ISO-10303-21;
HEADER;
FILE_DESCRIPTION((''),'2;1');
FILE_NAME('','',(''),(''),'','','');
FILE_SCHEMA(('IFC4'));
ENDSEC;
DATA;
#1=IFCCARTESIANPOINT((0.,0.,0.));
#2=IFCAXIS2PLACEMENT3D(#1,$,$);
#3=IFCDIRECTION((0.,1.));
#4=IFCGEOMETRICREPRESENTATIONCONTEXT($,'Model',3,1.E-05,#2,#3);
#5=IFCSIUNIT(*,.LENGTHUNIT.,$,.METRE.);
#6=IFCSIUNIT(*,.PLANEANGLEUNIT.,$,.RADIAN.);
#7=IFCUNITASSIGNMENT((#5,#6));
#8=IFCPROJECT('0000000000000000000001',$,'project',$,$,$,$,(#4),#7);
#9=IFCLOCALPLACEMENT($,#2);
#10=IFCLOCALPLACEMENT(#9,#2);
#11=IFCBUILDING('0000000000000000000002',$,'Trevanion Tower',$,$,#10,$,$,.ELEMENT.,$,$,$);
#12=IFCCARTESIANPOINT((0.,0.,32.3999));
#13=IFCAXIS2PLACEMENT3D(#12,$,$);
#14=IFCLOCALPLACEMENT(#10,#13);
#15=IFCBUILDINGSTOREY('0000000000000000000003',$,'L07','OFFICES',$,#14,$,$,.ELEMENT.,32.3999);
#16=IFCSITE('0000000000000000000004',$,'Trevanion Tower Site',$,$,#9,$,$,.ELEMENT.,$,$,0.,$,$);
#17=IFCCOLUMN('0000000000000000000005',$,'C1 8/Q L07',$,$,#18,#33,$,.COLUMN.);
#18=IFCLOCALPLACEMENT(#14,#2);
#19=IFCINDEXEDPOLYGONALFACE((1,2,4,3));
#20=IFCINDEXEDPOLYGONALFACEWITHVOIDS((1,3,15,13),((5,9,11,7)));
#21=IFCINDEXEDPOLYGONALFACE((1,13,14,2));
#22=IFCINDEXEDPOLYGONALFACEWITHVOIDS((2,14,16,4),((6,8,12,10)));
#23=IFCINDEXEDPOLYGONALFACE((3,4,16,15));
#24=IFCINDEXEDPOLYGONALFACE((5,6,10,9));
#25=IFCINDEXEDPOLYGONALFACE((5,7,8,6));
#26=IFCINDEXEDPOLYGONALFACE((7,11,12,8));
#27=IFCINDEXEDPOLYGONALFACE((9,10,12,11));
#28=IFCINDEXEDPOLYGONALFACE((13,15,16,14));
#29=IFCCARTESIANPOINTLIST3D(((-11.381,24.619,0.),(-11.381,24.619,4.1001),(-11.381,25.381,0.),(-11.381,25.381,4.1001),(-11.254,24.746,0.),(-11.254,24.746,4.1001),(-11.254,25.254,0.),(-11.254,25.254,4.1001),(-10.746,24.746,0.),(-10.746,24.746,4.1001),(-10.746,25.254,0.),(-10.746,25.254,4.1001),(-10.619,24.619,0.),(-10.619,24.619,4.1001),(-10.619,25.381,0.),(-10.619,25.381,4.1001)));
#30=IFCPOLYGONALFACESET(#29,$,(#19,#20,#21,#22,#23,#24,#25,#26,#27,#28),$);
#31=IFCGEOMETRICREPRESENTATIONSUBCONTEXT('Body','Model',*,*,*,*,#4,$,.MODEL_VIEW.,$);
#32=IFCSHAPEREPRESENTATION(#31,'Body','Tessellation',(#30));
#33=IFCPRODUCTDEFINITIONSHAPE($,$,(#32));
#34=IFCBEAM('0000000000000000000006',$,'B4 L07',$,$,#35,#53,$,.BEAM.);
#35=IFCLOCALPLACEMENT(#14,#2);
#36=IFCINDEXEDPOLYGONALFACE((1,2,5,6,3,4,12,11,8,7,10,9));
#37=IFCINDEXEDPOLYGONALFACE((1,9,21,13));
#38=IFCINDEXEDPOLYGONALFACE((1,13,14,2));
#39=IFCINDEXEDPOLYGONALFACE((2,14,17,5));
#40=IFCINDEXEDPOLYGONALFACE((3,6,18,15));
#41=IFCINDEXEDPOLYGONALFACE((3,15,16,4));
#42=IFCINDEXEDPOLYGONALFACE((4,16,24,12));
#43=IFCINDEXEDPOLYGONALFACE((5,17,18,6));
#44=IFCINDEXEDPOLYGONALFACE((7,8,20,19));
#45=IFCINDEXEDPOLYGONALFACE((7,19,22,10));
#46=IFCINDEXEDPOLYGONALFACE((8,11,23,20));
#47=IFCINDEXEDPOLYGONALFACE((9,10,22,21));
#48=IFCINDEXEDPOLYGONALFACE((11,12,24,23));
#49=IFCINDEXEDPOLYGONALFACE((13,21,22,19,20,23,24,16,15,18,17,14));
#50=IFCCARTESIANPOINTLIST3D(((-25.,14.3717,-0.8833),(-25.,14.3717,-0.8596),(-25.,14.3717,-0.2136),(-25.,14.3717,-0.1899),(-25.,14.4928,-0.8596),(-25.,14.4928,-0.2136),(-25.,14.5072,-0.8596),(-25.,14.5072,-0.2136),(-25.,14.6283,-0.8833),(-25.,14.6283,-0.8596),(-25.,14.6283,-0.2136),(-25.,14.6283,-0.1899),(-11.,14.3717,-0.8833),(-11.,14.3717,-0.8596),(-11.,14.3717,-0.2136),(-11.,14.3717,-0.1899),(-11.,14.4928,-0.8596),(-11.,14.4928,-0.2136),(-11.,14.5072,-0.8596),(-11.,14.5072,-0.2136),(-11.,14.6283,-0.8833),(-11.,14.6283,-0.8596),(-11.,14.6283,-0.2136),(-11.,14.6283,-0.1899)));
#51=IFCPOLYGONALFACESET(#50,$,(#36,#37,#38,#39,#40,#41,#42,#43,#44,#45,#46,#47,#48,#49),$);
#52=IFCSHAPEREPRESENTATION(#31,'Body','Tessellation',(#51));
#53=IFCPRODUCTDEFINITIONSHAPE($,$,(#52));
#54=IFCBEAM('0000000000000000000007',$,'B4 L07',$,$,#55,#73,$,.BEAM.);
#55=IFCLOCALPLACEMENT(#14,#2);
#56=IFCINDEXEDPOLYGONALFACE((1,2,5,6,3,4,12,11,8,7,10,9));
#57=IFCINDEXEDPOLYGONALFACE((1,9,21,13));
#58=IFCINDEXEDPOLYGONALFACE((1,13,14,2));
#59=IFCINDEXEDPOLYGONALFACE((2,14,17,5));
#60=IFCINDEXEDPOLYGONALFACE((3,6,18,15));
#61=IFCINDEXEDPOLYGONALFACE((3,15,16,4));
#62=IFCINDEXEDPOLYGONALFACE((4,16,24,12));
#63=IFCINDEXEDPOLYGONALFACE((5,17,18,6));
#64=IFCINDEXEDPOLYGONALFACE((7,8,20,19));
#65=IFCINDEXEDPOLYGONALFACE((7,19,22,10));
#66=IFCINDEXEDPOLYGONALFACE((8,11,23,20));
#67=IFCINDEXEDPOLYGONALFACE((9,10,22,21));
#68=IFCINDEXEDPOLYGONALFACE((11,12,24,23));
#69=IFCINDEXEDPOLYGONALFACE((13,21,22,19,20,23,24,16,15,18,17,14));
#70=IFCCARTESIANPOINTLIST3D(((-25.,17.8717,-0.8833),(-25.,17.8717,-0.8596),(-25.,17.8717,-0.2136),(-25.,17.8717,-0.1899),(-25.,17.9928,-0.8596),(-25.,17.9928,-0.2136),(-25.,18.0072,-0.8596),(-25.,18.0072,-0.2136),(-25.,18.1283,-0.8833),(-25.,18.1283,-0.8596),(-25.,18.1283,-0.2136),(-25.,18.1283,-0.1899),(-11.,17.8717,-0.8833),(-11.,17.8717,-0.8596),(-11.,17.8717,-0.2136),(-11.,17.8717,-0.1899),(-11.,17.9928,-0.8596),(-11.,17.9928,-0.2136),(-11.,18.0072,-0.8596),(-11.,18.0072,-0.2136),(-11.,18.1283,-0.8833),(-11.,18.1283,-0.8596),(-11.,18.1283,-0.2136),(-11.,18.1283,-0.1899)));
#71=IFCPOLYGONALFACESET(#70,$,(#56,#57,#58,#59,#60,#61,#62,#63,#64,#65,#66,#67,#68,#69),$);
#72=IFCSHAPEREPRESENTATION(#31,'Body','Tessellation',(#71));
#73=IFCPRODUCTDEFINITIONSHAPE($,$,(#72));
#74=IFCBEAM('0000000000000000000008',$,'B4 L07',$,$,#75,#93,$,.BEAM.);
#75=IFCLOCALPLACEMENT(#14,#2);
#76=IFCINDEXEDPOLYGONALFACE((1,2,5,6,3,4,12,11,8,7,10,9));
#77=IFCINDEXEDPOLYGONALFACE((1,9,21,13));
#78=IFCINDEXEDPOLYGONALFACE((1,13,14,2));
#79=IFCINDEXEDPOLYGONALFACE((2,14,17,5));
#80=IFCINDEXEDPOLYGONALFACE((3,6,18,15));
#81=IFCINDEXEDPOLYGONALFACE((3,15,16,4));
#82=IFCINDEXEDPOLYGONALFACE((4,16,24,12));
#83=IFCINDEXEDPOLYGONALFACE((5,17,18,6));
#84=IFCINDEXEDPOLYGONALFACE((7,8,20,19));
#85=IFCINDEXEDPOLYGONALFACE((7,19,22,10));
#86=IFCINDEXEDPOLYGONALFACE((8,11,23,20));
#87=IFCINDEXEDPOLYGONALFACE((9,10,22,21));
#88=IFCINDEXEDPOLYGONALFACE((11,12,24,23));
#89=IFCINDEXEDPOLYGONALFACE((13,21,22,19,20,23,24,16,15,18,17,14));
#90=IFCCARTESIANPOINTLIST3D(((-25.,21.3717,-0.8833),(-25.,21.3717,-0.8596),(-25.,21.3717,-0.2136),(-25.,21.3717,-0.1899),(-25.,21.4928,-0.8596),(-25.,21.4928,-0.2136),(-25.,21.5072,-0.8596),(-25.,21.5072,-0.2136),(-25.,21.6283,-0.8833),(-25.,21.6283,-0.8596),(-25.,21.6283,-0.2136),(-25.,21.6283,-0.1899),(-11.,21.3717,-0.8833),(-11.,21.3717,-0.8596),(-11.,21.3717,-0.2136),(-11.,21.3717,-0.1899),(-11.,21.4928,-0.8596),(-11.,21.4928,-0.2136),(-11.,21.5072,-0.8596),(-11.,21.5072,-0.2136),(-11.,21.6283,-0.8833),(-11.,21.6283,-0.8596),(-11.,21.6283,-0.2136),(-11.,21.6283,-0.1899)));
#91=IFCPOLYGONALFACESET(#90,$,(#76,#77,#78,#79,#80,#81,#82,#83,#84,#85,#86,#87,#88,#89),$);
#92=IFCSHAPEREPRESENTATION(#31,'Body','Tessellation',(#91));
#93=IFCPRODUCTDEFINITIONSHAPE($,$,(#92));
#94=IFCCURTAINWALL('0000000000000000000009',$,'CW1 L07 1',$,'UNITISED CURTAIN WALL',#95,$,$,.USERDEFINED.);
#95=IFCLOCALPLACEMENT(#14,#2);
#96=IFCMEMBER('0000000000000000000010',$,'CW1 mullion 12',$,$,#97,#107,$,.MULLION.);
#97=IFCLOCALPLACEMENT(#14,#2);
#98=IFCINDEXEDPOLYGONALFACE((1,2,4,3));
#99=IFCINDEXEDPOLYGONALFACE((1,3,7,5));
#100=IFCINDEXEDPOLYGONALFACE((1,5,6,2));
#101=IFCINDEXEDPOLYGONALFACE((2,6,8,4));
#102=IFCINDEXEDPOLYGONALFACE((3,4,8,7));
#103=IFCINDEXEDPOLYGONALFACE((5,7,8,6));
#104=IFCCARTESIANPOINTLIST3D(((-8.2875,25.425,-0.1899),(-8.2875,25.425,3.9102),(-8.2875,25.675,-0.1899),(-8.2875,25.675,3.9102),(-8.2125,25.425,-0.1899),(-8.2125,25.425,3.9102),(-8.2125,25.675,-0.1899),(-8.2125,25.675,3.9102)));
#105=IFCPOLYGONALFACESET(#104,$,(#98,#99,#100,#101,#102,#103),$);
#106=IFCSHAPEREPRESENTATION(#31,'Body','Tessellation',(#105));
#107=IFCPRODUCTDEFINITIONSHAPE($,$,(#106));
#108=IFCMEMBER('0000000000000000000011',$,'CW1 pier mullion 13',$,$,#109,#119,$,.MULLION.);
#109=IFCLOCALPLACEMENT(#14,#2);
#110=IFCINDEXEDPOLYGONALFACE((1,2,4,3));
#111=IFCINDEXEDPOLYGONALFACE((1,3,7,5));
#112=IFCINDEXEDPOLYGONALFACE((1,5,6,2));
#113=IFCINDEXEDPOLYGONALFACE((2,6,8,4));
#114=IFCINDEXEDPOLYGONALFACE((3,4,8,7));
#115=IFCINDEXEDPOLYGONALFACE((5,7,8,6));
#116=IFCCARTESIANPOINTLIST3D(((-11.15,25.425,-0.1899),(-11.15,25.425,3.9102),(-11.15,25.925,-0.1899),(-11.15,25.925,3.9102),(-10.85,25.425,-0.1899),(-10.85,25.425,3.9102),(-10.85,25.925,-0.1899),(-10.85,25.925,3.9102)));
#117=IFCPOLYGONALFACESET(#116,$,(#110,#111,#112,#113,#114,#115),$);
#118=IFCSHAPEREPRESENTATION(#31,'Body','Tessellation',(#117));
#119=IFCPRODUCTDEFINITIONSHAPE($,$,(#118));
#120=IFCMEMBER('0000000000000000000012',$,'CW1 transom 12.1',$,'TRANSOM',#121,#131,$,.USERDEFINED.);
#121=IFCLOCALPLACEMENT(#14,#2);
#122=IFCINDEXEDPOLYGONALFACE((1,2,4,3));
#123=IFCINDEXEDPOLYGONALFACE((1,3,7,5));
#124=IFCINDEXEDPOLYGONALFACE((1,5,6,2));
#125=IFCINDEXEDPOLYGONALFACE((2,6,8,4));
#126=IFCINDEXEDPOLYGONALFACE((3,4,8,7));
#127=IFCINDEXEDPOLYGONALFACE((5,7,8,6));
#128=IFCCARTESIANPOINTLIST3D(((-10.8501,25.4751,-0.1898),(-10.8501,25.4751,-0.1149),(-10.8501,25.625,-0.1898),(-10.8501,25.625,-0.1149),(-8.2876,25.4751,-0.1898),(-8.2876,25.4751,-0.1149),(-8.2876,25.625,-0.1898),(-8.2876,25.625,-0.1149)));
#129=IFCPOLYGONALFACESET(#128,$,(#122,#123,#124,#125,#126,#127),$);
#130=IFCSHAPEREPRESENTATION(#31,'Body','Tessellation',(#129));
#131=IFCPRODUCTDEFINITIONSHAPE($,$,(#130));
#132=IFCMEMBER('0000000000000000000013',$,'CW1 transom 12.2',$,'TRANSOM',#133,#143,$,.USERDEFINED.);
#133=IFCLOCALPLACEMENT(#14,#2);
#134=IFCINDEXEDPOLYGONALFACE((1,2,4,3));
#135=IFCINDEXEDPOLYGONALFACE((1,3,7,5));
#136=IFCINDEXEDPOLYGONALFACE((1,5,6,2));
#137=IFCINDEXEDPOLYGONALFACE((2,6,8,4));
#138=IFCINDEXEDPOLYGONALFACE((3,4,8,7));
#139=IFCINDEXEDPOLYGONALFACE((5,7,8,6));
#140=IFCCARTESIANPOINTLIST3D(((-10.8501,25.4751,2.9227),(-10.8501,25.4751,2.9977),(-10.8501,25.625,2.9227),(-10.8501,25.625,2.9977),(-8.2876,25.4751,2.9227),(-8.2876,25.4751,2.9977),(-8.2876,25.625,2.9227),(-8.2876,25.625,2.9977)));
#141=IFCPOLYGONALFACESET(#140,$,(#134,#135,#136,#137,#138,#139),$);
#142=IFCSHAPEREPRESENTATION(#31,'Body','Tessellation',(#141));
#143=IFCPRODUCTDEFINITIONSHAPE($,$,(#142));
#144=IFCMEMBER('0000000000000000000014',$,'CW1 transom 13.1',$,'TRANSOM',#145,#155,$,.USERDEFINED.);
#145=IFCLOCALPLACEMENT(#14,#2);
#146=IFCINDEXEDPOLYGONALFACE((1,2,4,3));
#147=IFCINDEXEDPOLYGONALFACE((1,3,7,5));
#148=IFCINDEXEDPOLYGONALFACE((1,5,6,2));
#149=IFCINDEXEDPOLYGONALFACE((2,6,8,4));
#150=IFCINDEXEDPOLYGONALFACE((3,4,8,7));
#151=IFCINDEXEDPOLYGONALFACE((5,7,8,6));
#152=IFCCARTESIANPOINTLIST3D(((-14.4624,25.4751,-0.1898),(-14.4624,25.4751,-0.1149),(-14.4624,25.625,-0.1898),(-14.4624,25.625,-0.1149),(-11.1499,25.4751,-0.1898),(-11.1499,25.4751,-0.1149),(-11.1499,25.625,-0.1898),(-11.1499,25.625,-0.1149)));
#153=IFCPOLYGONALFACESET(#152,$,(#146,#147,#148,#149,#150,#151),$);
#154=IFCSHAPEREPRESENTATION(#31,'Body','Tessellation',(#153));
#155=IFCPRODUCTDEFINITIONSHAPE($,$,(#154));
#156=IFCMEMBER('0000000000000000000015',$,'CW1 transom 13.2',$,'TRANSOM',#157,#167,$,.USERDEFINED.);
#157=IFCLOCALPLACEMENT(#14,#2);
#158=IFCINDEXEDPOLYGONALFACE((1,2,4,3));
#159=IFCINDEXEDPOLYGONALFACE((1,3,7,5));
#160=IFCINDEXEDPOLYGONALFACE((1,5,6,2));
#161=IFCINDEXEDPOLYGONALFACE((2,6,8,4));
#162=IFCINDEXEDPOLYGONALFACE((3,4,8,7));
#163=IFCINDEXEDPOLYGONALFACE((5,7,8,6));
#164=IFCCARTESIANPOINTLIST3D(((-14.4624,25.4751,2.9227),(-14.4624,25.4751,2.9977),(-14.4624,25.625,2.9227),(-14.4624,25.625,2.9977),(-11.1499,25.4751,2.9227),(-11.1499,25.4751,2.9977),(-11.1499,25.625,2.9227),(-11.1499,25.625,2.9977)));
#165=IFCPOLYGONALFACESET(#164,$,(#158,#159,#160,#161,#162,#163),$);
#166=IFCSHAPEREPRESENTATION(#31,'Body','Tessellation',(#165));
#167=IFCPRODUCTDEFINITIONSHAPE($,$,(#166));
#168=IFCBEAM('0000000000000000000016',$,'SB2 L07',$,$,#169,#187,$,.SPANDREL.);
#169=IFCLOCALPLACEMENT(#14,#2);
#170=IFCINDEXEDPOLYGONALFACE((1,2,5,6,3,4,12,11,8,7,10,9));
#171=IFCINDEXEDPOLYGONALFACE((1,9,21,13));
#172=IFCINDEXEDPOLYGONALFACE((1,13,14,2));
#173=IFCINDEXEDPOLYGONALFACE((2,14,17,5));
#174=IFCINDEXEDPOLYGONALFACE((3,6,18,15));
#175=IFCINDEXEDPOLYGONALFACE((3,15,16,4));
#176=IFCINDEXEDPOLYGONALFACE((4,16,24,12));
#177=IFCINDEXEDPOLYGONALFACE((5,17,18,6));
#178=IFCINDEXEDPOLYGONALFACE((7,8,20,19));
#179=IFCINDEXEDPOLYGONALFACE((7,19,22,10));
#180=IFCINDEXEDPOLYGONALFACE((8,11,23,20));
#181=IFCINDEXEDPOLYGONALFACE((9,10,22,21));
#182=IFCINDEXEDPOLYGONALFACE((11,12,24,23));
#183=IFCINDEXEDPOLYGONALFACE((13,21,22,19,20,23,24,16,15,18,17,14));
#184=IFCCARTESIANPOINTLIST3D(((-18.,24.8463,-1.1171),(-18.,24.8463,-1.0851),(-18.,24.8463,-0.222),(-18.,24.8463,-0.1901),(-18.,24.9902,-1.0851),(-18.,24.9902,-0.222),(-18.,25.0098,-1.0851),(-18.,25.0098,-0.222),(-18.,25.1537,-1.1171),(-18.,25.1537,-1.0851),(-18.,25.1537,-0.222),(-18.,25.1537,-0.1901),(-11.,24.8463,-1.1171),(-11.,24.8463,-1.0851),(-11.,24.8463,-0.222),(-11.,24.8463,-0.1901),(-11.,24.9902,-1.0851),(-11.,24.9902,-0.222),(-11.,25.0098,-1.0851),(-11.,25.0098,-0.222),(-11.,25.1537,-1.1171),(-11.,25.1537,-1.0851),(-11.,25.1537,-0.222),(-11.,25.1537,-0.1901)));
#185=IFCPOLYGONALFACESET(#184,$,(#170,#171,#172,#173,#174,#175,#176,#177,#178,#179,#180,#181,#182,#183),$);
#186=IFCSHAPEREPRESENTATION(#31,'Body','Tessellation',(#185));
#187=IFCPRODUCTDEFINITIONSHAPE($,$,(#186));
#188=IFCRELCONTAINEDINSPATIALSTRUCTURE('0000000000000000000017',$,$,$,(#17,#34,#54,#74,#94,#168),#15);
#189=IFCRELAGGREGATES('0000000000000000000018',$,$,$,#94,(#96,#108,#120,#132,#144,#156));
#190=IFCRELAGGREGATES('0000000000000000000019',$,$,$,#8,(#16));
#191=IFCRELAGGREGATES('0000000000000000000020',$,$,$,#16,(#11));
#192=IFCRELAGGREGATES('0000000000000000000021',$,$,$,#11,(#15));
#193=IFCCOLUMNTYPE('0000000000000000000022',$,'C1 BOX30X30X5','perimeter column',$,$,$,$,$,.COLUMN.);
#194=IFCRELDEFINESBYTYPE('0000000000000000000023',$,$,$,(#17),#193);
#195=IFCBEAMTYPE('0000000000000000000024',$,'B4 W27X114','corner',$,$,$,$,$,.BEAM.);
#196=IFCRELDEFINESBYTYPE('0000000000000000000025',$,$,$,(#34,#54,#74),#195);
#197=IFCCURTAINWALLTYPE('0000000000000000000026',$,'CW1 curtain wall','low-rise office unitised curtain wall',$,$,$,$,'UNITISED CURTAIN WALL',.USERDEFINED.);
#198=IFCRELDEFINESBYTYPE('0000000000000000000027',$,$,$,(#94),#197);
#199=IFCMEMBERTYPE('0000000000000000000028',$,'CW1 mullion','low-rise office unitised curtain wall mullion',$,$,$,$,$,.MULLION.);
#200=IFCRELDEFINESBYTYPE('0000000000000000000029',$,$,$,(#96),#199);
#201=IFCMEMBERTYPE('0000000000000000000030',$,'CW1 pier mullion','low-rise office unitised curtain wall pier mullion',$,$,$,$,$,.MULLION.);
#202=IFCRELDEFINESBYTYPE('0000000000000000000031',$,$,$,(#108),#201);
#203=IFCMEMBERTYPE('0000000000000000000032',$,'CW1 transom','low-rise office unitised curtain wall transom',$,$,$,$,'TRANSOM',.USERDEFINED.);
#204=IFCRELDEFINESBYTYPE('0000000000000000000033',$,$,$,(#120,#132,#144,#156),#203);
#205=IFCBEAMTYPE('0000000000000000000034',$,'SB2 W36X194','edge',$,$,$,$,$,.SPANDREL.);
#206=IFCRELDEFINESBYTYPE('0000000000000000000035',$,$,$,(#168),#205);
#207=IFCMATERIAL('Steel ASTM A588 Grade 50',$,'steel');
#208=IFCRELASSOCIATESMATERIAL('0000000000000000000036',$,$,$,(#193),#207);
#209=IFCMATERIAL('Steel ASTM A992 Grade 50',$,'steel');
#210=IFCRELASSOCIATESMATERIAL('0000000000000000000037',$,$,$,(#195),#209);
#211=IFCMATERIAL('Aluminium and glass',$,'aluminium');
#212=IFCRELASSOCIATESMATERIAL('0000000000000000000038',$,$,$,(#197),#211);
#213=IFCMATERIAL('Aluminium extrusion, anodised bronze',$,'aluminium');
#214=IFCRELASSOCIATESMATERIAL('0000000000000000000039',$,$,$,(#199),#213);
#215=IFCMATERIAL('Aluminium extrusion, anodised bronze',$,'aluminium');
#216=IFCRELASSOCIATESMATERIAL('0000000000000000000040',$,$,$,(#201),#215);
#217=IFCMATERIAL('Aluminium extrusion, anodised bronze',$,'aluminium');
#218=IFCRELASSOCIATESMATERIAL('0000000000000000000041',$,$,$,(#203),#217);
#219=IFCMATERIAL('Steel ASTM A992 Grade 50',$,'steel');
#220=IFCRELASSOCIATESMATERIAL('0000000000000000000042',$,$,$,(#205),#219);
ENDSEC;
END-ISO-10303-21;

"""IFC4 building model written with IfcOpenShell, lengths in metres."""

from ifc_helpers import new_model, si_unit, direction, frame, origin, origin_2d, place, context, subcontext, project, spatial, rectangle, hollow_rectangle, i_section, extrude, material, material_profile, profile_set, type_object, element, aggregate, save


model = new_model("IFC4")

# Units and contexts
model_context = context("Model", 3, precision=1e-05, world=origin(), true_north=direction((0.0, 1.0)))
body_context = subcontext(model_context, "Body", "Model", "MODEL_VIEW")
ifc_project = project(units=[si_unit("LENGTHUNIT", "METRE"), si_unit("PLANEANGLEUNIT", "RADIAN")], contexts=[model_context])

# Site, building, storey
site_placement = place(None, origin())
site = spatial("IfcSite", under=ifc_project, at=site_placement, Name="Trevanion Tower Site", CompositionType="ELEMENT", RefElevation=0.0)
building_placement = place(site_placement, origin())
building = spatial("IfcBuilding", under=site, at=building_placement, Name="Trevanion Tower", CompositionType="ELEMENT")
storey_placement = place(building_placement, frame((0.0, 0.0, 32.3999)))
storey = spatial("IfcBuildingStorey", under=building, at=storey_placement, Name="L07", Description="OFFICES", CompositionType="ELEMENT", Elevation=32.3999)

# Column
ifc_material_1 = material(Name="Steel ASTM A588 Grade 50", Category="steel")
ifc_material_profile_1 = material_profile(ifc_material_1, hollow_rectangle(XDim=0.762, YDim=0.762, WallThickness=0.127, at=origin_2d()), Name="BOX30X30X5")
ifc_profile_set_1 = profile_set([ifc_material_profile_1], Name="Steel ASTM A588 Grade 50")
column_type = type_object("IfcColumnType", Name="C1 BOX30X30X5", Description="perimeter column", PredefinedType="COLUMN", material=ifc_profile_set_1)
column_placement = place(storey_placement, frame((-11.0, 25.0, 0.0), z_axis=(0.0, 0.0, 1.0), x_axis=(1.0, 0.0, 0.0)))
element("IfcColumn", 1, at=column_placement, inside=storey, type_object=column_type, Name="C1 8/Q L07", PredefinedType="COLUMN", context=body_context, shape_type="SweptSolid", body=[
    extrude(hollow_rectangle(XDim=0.762, YDim=0.762, WallThickness=0.127, at=origin_2d()), origin(), (0.0, 0.0, 1.0), 4.1001),
])

# Beams
ifc_material_2 = material(Name="Steel ASTM A992 Grade 50", Category="steel")
ifc_material_profile_2 = material_profile(ifc_material_2, i_section(OverallWidth=0.2566, OverallDepth=0.6934, WebThickness=0.0144, FlangeThickness=0.0237, at=origin_2d()), Name="W27X114")
ifc_profile_set_2 = profile_set([ifc_material_profile_2], Name="Steel ASTM A992 Grade 50")
beam_type_1 = type_object("IfcBeamType", Name="B4 W27X114", Description="corner", PredefinedType="BEAM", material=ifc_profile_set_2)
for number, where, z_axis, x_axis, name in (
    (2, (-11.0, 14.5, -0.5366), (-1.0, 0.0, 0.0), (0.0, -1.0, 0.0), "B4 L07"),
    (3, (-11.0, 18.0, -0.5366), (-1.0, 0.0, 0.0), (0.0, -1.0, 0.0), "B4 L07"),
    (4, (-11.0, 21.5, -0.5366), (-1.0, 0.0, 0.0), (0.0, -1.0, 0.0), "B4 L07"),
):
    element("IfcBeam", number, at=place(storey_placement, frame(where, z_axis=z_axis, x_axis=x_axis)), inside=storey, type_object=beam_type_1, Name=name, PredefinedType="BEAM", context=body_context, shape_type="SweptSolid", body=[
        extrude(i_section(OverallWidth=0.2566, OverallDepth=0.6934, WebThickness=0.0144, FlangeThickness=0.0237, at=origin_2d()), origin(), (0.0, 0.0, 1.0), 14.0),
    ])

# Curtain wall, members
ifc_material_3 = material(Name="Aluminium and glass", Category="aluminium")
curtain_wall_type = type_object("IfcCurtainWallType", Name="CW1 curtain wall", Description="low-rise office unitised curtain wall", ElementType="UNITISED CURTAIN WALL", PredefinedType="USERDEFINED", material=ifc_material_3)
curtain_wall_placement = place(storey_placement, origin())
curtain_wall = element("IfcCurtainWall", 5, at=curtain_wall_placement, inside=storey, type_object=curtain_wall_type, Name="CW1 L07 1", ObjectType="UNITISED CURTAIN WALL", PredefinedType="USERDEFINED")
ifc_material_4 = material(Name="Aluminium extrusion, anodised bronze", Category="aluminium")
ifc_material_profile_3 = material_profile(ifc_material_4, rectangle(XDim=0.075, YDim=0.25, at=origin_2d()), Name="CW1 mullion")
ifc_profile_set_3 = profile_set([ifc_material_profile_3], Name="Aluminium extrusion, anodised bronze")
member_type_1 = type_object("IfcMemberType", Name="CW1 mullion", Description="low-rise office unitised curtain wall mullion", PredefinedType="MULLION", material=ifc_profile_set_3)
member_1_placement = place(storey_placement, frame((-8.25, 25.55, -0.1899), z_axis=(0.0, 0.0, 1.0), x_axis=(-1.0, 0.0, 0.0)))
member_1 = element("IfcMember", 6, at=member_1_placement, type_object=member_type_1, Name="CW1 mullion 12", PredefinedType="MULLION", context=body_context, shape_type="SweptSolid", body=[
    extrude(rectangle(XDim=0.075, YDim=0.25, at=origin_2d()), origin(), (0.0, 0.0, 1.0), 4.1001),
])
ifc_material_5 = material(Name="Aluminium extrusion, anodised bronze", Category="aluminium")
ifc_material_profile_4 = material_profile(ifc_material_5, rectangle(XDim=0.3, YDim=0.5, at=origin_2d()), Name="CW1 pier mullion")
ifc_profile_set_4 = profile_set([ifc_material_profile_4], Name="Aluminium extrusion, anodised bronze")
member_type_2 = type_object("IfcMemberType", Name="CW1 pier mullion", Description="low-rise office unitised curtain wall pier mullion", PredefinedType="MULLION", material=ifc_profile_set_4)
member_2_placement = place(storey_placement, frame((-11.0, 25.675, -0.1899), z_axis=(0.0, 0.0, 1.0), x_axis=(-1.0, 0.0, 0.0)))
member_2 = element("IfcMember", 7, at=member_2_placement, type_object=member_type_2, Name="CW1 pier mullion 13", PredefinedType="MULLION", context=body_context, shape_type="SweptSolid", body=[
    extrude(rectangle(XDim=0.3, YDim=0.5, at=origin_2d()), origin(), (0.0, 0.0, 1.0), 4.1001),
])
ifc_material_6 = material(Name="Aluminium extrusion, anodised bronze", Category="aluminium")
ifc_material_profile_5 = material_profile(ifc_material_6, rectangle(XDim=0.1499, YDim=0.075, at=origin_2d()), Name="CW1 transom")
ifc_profile_set_5 = profile_set([ifc_material_profile_5], Name="Aluminium extrusion, anodised bronze")
member_type_3 = type_object("IfcMemberType", Name="CW1 transom", Description="low-rise office unitised curtain wall transom", ElementType="TRANSOM", PredefinedType="USERDEFINED", material=ifc_profile_set_5)
member_3_placement = place(storey_placement, frame((-8.2876, 25.55, -0.1523), z_axis=(-1.0, 0.0, 0.0), x_axis=(0.0, -1.0, 0.0)))
member_3 = element("IfcMember", 8, at=member_3_placement, type_object=member_type_3, Name="CW1 transom 12.1", ObjectType="TRANSOM", PredefinedType="USERDEFINED", context=body_context, shape_type="SweptSolid", body=[
    extrude(rectangle(XDim=0.1499, YDim=0.075, at=origin_2d()), origin(), (0.0, 0.0, 1.0), 2.5625),
])
member_4_placement = place(storey_placement, frame((-8.2876, 25.55, 2.9602), z_axis=(-1.0, 0.0, 0.0), x_axis=(0.0, -1.0, 0.0)))
member_4 = element("IfcMember", 9, at=member_4_placement, type_object=member_type_3, Name="CW1 transom 12.2", ObjectType="TRANSOM", PredefinedType="USERDEFINED", context=body_context, shape_type="SweptSolid", body=[
    extrude(rectangle(XDim=0.1499, YDim=0.075, at=origin_2d()), origin(), (0.0, 0.0, 1.0), 2.5625),
])
member_5_placement = place(storey_placement, frame((-11.1499, 25.55, -0.1523), z_axis=(-1.0, 0.0, 0.0), x_axis=(0.0, -1.0, 0.0)))
member_5 = element("IfcMember", 10, at=member_5_placement, type_object=member_type_3, Name="CW1 transom 13.1", ObjectType="TRANSOM", PredefinedType="USERDEFINED", context=body_context, shape_type="SweptSolid", body=[
    extrude(rectangle(XDim=0.1499, YDim=0.075, at=origin_2d()), origin(), (0.0, 0.0, 1.0), 3.3125),
])
member_6_placement = place(storey_placement, frame((-11.1499, 25.55, 2.9602), z_axis=(-1.0, 0.0, 0.0), x_axis=(0.0, -1.0, 0.0)))
member_6 = element("IfcMember", 11, at=member_6_placement, type_object=member_type_3, Name="CW1 transom 13.2", ObjectType="TRANSOM", PredefinedType="USERDEFINED", context=body_context, shape_type="SweptSolid", body=[
    extrude(rectangle(XDim=0.1499, YDim=0.075, at=origin_2d()), origin(), (0.0, 0.0, 1.0), 3.3125),
])

# Beam
ifc_material_7 = material(Name="Steel ASTM A992 Grade 50", Category="steel")
ifc_material_profile_6 = material_profile(ifc_material_7, i_section(OverallWidth=0.3074, OverallDepth=0.927, WebThickness=0.0195, FlangeThickness=0.032, at=origin_2d()), Name="W36X194")
ifc_profile_set_6 = profile_set([ifc_material_profile_6], Name="Steel ASTM A992 Grade 50")
beam_type_2 = type_object("IfcBeamType", Name="SB2 W36X194", Description="edge", PredefinedType="SPANDREL", material=ifc_profile_set_6)
beam_placement = place(storey_placement, frame((-11.0, 25.0, -0.6536), z_axis=(-1.0, 0.0, 0.0), x_axis=(0.0, -1.0, 0.0)))
element("IfcBeam", 12, at=beam_placement, inside=storey, type_object=beam_type_2, Name="SB2 L07", PredefinedType="SPANDREL", context=body_context, shape_type="SweptSolid", body=[
    extrude(i_section(OverallWidth=0.3074, OverallDepth=0.927, WebThickness=0.0195, FlangeThickness=0.032, at=origin_2d()), origin(), (0.0, 0.0, 1.0), 7.0),
])

aggregate(curtain_wall, [member_1, member_2, member_3, member_4, member_5, member_6])

save(model, "model.ifc")
